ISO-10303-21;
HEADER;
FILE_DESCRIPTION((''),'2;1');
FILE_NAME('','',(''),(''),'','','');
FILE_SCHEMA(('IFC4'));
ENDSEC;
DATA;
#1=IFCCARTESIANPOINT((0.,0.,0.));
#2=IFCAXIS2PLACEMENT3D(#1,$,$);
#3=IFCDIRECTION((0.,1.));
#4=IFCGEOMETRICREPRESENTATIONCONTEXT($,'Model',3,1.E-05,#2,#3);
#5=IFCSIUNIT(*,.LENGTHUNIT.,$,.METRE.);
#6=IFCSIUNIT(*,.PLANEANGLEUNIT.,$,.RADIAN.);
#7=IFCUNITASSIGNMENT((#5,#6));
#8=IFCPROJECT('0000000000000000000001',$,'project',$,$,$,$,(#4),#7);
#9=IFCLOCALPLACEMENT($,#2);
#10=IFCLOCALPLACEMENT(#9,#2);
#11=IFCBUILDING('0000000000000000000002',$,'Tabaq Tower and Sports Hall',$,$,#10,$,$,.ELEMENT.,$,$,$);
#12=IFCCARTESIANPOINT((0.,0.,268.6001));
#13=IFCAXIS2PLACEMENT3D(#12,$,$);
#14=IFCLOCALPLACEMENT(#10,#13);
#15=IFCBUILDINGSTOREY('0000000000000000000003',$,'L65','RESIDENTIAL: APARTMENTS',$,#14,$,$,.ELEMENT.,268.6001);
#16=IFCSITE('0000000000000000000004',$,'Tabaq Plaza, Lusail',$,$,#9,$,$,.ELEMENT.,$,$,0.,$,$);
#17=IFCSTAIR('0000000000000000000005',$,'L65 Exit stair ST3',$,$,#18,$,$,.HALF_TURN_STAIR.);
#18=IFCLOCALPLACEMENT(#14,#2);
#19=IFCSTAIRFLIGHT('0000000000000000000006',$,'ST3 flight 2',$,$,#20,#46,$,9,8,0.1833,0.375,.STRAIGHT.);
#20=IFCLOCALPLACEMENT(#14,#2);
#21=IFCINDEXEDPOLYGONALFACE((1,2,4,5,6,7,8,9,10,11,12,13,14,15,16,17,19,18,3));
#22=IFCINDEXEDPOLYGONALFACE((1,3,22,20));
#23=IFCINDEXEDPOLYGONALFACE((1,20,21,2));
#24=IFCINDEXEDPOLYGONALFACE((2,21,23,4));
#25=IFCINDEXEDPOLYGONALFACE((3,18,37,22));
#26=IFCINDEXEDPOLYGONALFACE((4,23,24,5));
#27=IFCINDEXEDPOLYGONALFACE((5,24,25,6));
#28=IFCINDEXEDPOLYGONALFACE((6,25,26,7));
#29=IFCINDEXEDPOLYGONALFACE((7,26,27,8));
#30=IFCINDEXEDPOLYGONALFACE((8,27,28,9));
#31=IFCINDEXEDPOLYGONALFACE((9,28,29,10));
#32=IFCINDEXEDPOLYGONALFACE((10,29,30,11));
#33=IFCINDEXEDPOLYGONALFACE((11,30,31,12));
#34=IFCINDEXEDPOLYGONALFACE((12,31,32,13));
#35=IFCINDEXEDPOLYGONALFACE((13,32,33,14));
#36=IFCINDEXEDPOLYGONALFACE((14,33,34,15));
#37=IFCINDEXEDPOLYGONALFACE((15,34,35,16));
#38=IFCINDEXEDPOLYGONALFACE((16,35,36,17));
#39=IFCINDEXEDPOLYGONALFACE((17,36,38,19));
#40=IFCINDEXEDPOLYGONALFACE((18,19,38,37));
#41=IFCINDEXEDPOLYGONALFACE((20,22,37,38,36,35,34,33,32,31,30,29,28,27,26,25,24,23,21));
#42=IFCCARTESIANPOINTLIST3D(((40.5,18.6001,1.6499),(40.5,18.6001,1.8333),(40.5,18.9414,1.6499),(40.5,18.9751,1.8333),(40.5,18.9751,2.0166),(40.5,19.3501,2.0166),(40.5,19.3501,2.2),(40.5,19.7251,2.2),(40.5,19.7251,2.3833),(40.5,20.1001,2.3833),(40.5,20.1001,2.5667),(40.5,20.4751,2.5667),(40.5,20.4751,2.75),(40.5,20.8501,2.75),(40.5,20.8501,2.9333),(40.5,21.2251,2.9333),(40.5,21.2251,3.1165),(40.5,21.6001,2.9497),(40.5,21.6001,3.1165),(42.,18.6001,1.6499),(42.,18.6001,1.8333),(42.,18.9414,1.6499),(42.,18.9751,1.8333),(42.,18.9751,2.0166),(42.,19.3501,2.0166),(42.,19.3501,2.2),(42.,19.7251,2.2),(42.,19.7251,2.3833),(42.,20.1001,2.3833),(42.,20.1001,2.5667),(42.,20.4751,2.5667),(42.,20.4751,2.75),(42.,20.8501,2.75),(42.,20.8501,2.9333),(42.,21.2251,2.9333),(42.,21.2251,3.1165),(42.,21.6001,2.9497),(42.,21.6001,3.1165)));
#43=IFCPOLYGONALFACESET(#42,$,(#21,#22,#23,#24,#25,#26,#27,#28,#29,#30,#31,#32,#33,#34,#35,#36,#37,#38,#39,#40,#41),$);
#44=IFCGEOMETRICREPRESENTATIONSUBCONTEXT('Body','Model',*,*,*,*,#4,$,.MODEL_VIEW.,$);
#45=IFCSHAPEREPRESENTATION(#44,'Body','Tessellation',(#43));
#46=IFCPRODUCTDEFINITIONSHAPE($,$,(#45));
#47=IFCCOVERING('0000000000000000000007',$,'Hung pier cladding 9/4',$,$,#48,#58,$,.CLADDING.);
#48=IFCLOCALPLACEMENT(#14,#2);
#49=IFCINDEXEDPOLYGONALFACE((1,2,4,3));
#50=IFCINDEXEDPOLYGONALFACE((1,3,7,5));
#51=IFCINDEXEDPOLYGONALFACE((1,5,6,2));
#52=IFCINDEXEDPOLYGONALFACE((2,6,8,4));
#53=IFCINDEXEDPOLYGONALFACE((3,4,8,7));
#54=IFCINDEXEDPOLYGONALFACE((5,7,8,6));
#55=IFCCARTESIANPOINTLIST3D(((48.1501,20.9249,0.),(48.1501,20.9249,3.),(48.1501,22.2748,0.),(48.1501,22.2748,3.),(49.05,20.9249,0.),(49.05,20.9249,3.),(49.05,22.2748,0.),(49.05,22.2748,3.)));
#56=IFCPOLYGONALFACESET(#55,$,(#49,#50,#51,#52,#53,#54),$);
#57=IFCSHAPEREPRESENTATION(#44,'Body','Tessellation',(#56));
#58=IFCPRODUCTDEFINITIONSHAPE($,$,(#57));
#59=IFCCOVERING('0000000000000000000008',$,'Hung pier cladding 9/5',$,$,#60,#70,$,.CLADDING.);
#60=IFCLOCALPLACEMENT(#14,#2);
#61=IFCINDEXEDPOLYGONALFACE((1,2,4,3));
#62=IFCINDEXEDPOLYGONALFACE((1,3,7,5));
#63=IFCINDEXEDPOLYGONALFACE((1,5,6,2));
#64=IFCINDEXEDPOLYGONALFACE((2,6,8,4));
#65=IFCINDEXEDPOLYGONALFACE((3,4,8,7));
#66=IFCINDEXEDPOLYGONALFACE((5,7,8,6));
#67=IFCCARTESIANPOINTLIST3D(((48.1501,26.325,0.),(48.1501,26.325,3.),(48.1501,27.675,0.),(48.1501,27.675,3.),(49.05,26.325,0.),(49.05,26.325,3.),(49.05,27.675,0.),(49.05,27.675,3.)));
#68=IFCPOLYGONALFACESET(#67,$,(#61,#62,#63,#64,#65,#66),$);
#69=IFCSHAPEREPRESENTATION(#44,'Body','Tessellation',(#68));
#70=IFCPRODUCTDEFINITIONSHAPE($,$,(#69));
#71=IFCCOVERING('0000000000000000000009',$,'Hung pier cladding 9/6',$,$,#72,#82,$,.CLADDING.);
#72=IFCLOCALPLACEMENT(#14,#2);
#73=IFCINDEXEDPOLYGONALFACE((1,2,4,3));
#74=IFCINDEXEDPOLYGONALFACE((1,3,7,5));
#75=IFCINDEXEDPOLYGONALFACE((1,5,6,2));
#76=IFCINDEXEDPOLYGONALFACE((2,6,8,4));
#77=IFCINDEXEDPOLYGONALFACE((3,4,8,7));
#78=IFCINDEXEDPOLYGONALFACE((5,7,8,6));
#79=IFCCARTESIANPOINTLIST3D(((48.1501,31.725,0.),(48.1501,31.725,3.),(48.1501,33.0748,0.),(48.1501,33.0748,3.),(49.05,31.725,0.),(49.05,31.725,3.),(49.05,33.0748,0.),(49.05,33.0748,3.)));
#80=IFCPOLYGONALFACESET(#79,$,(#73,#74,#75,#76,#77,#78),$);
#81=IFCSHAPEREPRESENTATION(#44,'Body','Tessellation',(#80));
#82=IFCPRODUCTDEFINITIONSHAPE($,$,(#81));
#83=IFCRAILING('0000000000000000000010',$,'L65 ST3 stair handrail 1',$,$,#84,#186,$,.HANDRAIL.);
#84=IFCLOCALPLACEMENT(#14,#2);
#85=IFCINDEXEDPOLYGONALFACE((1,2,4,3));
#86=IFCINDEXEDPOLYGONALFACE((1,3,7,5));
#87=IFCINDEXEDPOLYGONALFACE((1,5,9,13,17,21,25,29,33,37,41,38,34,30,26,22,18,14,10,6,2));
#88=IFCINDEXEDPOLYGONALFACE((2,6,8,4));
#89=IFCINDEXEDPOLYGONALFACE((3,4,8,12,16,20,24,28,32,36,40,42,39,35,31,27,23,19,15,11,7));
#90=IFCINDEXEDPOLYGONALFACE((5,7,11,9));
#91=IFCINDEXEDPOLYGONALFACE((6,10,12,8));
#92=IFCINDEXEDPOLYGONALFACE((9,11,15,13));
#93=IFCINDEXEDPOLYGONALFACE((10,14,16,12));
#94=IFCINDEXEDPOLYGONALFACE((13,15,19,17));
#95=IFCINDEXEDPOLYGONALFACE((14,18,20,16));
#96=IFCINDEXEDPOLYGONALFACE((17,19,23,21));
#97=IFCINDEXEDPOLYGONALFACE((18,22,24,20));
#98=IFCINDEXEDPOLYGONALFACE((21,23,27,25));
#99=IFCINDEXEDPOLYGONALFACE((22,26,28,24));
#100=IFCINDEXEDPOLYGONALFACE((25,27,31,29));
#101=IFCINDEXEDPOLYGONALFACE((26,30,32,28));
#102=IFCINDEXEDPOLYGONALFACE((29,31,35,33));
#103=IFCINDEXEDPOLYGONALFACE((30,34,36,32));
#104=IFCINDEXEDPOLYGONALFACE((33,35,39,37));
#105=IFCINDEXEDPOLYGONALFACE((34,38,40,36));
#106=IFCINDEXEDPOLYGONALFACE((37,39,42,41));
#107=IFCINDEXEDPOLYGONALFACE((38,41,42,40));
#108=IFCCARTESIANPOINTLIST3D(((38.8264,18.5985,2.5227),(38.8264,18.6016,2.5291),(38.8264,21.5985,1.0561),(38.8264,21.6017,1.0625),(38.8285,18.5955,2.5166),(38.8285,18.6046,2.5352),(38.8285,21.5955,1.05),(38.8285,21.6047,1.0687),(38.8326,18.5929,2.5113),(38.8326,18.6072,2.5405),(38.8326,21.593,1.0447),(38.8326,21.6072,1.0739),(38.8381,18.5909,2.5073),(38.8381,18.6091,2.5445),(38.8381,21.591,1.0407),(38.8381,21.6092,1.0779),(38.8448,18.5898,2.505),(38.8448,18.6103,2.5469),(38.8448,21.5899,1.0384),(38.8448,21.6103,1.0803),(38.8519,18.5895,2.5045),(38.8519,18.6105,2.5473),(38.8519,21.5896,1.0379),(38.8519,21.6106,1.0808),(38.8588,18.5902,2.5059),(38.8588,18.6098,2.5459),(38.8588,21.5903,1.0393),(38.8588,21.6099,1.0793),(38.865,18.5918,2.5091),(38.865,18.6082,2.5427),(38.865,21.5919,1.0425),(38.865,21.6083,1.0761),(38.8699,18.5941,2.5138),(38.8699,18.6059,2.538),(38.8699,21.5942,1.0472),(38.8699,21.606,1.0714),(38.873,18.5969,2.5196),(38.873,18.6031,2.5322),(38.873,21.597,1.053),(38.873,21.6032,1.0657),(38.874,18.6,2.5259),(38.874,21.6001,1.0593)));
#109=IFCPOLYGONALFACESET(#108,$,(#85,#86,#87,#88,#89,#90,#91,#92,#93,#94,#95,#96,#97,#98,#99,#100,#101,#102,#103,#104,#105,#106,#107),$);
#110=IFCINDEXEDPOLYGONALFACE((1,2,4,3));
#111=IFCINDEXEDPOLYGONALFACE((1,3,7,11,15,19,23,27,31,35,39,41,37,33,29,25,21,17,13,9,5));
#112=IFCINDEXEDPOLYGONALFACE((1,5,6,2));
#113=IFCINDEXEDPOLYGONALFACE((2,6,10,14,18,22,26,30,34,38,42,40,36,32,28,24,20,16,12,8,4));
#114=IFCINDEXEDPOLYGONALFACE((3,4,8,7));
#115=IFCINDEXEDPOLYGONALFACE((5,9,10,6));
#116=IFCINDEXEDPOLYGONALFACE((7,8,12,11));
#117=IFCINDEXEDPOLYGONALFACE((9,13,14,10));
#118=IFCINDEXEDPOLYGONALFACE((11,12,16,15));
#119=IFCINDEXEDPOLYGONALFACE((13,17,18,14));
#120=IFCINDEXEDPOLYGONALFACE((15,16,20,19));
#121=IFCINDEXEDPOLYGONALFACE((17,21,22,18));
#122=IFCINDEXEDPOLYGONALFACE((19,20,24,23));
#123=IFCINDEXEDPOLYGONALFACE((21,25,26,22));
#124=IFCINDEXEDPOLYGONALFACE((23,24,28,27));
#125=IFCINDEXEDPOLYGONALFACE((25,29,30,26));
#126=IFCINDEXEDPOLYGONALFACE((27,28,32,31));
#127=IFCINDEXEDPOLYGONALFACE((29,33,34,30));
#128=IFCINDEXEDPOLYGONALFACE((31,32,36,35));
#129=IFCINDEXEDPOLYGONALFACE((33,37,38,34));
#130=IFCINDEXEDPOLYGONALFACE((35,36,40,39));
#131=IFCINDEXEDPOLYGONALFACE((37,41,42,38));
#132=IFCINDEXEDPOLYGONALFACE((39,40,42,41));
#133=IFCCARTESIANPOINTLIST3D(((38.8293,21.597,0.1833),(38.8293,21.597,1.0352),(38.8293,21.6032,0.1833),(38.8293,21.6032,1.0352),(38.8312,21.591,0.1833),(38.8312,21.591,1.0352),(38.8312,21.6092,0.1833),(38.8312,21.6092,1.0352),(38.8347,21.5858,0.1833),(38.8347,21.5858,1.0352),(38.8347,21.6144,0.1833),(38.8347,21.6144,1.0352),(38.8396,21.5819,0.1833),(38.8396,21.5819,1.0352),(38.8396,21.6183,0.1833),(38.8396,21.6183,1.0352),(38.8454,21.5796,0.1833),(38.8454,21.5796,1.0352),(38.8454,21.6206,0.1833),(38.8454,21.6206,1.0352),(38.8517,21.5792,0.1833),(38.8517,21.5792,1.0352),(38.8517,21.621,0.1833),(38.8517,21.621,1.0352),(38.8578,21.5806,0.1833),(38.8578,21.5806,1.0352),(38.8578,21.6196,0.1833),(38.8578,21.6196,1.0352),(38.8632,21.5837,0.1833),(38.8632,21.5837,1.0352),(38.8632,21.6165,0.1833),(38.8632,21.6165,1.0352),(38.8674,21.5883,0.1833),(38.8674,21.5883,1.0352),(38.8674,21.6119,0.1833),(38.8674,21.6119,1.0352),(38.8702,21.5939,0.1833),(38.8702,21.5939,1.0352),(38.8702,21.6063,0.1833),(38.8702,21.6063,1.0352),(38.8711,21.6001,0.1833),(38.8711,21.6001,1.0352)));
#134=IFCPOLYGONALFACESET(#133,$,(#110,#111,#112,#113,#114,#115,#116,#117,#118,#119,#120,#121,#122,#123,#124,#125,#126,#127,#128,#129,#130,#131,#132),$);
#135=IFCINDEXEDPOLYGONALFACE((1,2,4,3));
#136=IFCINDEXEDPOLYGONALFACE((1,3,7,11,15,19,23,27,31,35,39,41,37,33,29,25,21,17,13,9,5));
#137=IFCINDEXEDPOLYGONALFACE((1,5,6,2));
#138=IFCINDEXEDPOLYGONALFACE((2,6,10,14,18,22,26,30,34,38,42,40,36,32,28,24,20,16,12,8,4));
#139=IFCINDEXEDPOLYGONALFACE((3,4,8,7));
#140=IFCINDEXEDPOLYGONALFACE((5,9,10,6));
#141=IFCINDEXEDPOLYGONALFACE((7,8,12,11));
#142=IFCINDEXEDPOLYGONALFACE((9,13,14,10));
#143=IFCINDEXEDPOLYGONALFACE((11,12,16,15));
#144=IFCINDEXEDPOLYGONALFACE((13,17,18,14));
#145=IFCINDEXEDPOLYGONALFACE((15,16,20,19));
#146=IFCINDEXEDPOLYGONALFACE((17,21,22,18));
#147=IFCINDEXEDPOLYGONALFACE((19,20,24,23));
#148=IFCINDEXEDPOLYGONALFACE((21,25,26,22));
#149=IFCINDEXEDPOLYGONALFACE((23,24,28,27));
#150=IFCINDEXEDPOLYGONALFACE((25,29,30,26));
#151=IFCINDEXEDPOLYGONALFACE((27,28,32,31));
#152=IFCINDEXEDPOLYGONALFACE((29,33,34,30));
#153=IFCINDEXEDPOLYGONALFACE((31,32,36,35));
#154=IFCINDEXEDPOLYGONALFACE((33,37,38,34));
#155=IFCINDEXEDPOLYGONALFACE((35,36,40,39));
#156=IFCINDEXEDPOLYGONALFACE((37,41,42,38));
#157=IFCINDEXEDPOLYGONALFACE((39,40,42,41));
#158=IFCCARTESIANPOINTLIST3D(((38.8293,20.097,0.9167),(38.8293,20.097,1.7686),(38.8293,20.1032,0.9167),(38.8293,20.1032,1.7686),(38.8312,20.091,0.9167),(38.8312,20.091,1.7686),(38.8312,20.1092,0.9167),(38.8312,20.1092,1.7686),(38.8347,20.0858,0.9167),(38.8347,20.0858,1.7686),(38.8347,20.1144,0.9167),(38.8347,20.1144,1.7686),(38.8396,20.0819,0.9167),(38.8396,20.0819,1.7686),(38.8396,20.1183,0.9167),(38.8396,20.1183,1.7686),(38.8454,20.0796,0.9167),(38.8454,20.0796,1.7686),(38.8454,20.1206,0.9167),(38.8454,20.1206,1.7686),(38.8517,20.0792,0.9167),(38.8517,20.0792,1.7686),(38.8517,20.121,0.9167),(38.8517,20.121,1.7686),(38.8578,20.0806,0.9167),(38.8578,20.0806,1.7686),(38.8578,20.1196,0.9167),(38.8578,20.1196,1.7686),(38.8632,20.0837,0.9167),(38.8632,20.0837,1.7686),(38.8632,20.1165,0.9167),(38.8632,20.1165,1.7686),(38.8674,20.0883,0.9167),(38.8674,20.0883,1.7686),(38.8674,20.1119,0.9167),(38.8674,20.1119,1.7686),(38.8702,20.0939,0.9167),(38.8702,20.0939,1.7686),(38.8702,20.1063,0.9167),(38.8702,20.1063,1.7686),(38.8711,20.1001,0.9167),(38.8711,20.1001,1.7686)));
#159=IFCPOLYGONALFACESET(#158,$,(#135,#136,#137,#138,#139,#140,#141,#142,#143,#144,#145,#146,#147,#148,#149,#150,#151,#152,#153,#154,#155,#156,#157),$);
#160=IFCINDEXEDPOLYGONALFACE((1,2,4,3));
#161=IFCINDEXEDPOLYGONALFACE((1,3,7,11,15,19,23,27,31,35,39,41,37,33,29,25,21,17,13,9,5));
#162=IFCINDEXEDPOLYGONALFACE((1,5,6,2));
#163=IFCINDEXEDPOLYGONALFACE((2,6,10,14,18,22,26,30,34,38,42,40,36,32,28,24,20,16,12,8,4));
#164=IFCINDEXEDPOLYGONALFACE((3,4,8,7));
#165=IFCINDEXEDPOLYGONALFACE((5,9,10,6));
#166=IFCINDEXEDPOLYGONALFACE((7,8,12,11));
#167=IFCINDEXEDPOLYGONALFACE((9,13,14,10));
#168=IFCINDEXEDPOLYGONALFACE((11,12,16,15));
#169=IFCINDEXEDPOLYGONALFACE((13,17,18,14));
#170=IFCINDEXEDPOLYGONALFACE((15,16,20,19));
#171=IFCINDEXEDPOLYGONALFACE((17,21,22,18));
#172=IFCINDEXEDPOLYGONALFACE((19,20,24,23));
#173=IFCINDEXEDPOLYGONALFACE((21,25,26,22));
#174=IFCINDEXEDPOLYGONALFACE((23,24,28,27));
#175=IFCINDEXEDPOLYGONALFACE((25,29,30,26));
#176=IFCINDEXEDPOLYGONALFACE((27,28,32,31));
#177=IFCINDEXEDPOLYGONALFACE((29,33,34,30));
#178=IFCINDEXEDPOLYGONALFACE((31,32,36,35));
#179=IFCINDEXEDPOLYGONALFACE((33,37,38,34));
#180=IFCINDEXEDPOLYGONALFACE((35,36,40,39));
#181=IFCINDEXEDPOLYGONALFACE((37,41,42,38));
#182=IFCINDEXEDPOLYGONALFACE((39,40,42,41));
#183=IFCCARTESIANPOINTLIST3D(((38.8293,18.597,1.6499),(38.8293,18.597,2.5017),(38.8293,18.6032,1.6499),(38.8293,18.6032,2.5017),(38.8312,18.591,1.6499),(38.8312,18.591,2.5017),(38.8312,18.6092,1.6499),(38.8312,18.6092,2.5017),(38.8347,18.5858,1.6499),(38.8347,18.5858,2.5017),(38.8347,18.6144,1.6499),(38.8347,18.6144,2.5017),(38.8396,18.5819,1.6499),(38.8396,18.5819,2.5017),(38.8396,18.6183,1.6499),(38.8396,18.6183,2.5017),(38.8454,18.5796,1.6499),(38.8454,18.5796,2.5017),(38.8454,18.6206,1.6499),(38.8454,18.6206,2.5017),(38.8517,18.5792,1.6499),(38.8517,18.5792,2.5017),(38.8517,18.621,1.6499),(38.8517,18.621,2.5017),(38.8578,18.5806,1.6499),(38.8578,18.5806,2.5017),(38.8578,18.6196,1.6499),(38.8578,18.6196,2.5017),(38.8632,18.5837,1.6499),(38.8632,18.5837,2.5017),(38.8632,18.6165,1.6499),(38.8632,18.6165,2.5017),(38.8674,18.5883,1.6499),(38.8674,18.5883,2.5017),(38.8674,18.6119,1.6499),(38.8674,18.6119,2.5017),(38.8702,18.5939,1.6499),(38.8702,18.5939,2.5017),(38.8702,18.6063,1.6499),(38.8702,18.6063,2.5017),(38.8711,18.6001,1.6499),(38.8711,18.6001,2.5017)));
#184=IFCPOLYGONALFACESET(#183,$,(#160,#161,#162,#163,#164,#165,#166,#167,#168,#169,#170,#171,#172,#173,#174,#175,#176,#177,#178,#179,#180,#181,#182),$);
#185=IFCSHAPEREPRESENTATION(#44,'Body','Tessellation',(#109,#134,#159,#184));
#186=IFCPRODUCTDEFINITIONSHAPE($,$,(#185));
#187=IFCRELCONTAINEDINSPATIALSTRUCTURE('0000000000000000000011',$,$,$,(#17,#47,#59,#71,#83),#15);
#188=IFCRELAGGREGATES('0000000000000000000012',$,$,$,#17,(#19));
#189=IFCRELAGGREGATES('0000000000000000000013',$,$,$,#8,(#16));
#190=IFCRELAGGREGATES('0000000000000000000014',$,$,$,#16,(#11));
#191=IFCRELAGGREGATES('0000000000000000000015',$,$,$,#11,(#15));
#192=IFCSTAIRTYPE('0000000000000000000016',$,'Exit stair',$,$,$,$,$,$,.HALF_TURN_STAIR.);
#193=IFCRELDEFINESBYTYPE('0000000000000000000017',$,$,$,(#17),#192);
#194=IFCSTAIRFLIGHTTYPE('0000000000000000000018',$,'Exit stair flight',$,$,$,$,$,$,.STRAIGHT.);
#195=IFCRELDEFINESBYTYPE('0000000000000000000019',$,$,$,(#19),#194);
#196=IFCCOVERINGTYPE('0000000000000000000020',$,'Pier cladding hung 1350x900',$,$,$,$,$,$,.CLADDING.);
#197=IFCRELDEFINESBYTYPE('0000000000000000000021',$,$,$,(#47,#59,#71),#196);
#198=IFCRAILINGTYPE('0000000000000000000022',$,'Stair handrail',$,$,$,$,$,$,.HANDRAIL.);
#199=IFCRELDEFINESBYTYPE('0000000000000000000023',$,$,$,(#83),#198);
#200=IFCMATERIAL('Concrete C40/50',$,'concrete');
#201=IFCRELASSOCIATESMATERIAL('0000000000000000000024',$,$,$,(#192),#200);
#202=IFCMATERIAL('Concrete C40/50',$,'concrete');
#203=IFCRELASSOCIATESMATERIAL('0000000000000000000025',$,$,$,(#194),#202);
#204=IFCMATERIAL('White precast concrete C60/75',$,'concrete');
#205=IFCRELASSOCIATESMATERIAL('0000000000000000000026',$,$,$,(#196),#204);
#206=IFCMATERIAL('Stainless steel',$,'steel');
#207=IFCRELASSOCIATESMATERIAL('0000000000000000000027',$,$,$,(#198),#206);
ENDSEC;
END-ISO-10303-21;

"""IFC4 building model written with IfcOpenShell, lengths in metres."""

from ifc_helpers import new_model, si_unit, direction, frame, frame_2d, origin, origin_2d, place, context, subcontext, project, spatial, polyline, rectangle, circle, outline, extrude, material, type_object, element, aggregate, save


model = new_model("IFC4")

# Units and contexts
model_context = context("Model", 3, precision=1e-05, world=origin(), true_north=direction((0.0, 1.0)))
body_context = subcontext(model_context, "Body", "Model", "MODEL_VIEW")
ifc_project = project(units=[si_unit("LENGTHUNIT", "METRE"), si_unit("PLANEANGLEUNIT", "RADIAN")], contexts=[model_context])

# Site, building, storey
site_placement = place(None, origin())
site = spatial("IfcSite", under=ifc_project, at=site_placement, Name="Tabaq Plaza, Lusail", CompositionType="ELEMENT", RefElevation=0.0)
building_placement = place(site_placement, origin())
building = spatial("IfcBuilding", under=site, at=building_placement, Name="Tabaq Tower and Sports Hall", CompositionType="ELEMENT")
storey_placement = place(building_placement, frame((0.0, 0.0, 268.6001)))
storey = spatial("IfcBuildingStorey", under=building, at=storey_placement, Name="L65", Description="RESIDENTIAL: APARTMENTS", CompositionType="ELEMENT", Elevation=268.6001)

# Stair, stair flight
ifc_material_1 = material(Name="Concrete C40/50", Category="concrete")
stair_type = type_object("IfcStairType", Name="Exit stair", PredefinedType="HALF_TURN_STAIR", material=ifc_material_1)
stair_placement = place(storey_placement, origin())
stair = element("IfcStair", 1, at=stair_placement, inside=storey, type_object=stair_type, Name="L65 Exit stair ST3", PredefinedType="HALF_TURN_STAIR")
ifc_material_2 = material(Name="Concrete C40/50", Category="concrete")
stair_flight_type = type_object("IfcStairFlightType", Name="Exit stair flight", PredefinedType="STRAIGHT", material=ifc_material_2)
stair_flight_1_placement = place(storey_placement, frame((41.25, 18.6001, 1.6499), z_axis=(0.0, 0.0, 1.0), x_axis=(0.0, 1.0, 0.0)))
stair_flight_1 = element("IfcStairFlight", 2, at=stair_flight_1_placement, type_object=stair_flight_type, Name="ST3 flight 2", NumberOfRisers=9, NumberOfTreads=8, PredefinedType="STRAIGHT", RiserHeight=0.1833, TreadLength=0.375, context=body_context, shape_type="SweptSolid", body=[
    extrude(outline(polyline([(0.0, 0.0), (0.0, 0.1833), (0.375, 0.1833), (0.375, 0.3667), (0.75, 0.3667), (0.75, 0.55), (1.125, 0.55), (1.125, 0.7334), (1.5, 0.7334), (1.5, 0.9167), (1.875, 0.9167), (1.875, 1.1001), (2.25, 1.1001), (2.25, 1.2834), (2.625, 1.2834), (2.625, 1.4666), (3.0, 1.4666), (3.0, 1.6499), (3.0, 1.2998), (0.3413, 0.0), (0.0, 0.0)])), frame((0.0, 0.75, 0.0), z_axis=(0.0, -1.0, 0.0), x_axis=(1.0, 0.0, 0.0)), (0.0, 0.0, 1.0), 1.5),
])
aggregate(stair, [stair_flight_1])

# Coverings
ifc_material_3 = material(Name="White precast concrete C60/75", Category="concrete")
covering_type_1 = type_object("IfcCoveringType", Name="Pier cladding hung 1350x900", PredefinedType="CLADDING", material=ifc_material_3)
covering_1_placement = place(storey_placement, frame((48.6001, 20.925, 0.0), z_axis=(0.0, 0.0, 1.0), x_axis=(0.0, 1.0, 0.0)))
element("IfcCovering", 3, at=covering_1_placement, inside=storey, type_object=covering_type_1, Name="Hung pier cladding 9/4", PredefinedType="CLADDING", context=body_context, shape_type="SweptSolid", body=[
    extrude(rectangle(XDim=1.3499, YDim=0.8999, at=frame_2d((0.6748, 0.0))), origin(), (0.0, 0.0, 1.0), 3.0),
])
covering_2_placement = place(storey_placement, frame((48.6001, 26.325, 0.0), z_axis=(0.0, 0.0, 1.0), x_axis=(0.0, 1.0, 0.0)))
element("IfcCovering", 4, at=covering_2_placement, inside=storey, type_object=covering_type_1, Name="Hung pier cladding 9/5", PredefinedType="CLADDING", context=body_context, shape_type="SweptSolid", body=[
    extrude(rectangle(XDim=1.3501, YDim=0.8999, at=frame_2d((0.675, 0.0))), origin(), (0.0, 0.0, 1.0), 3.0),
])
covering_3_placement = place(storey_placement, frame((48.6001, 31.7251, 0.0), z_axis=(0.0, 0.0, 1.0), x_axis=(0.0, 1.0, 0.0)))
element("IfcCovering", 5, at=covering_3_placement, inside=storey, type_object=covering_type_1, Name="Hung pier cladding 9/6", PredefinedType="CLADDING", context=body_context, shape_type="SweptSolid", body=[
    extrude(rectangle(XDim=1.3499, YDim=0.8999, at=frame_2d((0.6748, 0.0))), origin(), (0.0, 0.0, 1.0), 3.0),
])

# Railing
ifc_material_4 = material(Name="Stainless steel", Category="steel")
railing_type_1 = type_object("IfcRailingType", Name="Stair handrail", PredefinedType="HANDRAIL", material=ifc_material_4)
railing_1_placement = place(storey_placement, frame((38.8501, 21.6001, 0.1833)))
element("IfcRailing", 6, at=railing_1_placement, inside=storey, type_object=railing_type_1, Name="L65 ST3 stair handrail 1", PredefinedType="HANDRAIL", context=body_context, shape_type="SweptSolid", body=[
    extrude(circle(Radius=0.0239, at=origin_2d()), frame((0.0, 0.0, 0.876), z_axis=(0.0, -0.898398, 0.439183), x_axis=(1.0, 0.0, 0.0)), (0.0, 0.0, 1.0), 3.3394),
    extrude(circle(Radius=0.021, at=origin_2d()), origin(), (0.0, 0.0, 1.0), 0.8518),
    extrude(circle(Radius=0.021, at=origin_2d()), frame((0.0, -1.5, 0.7334)), (0.0, 0.0, 1.0), 0.8518),
    extrude(circle(Radius=0.021, at=origin_2d()), frame((0.0, -3.0, 1.4666)), (0.0, 0.0, 1.0), 0.8518),
])

save(model, "model.ifc")
